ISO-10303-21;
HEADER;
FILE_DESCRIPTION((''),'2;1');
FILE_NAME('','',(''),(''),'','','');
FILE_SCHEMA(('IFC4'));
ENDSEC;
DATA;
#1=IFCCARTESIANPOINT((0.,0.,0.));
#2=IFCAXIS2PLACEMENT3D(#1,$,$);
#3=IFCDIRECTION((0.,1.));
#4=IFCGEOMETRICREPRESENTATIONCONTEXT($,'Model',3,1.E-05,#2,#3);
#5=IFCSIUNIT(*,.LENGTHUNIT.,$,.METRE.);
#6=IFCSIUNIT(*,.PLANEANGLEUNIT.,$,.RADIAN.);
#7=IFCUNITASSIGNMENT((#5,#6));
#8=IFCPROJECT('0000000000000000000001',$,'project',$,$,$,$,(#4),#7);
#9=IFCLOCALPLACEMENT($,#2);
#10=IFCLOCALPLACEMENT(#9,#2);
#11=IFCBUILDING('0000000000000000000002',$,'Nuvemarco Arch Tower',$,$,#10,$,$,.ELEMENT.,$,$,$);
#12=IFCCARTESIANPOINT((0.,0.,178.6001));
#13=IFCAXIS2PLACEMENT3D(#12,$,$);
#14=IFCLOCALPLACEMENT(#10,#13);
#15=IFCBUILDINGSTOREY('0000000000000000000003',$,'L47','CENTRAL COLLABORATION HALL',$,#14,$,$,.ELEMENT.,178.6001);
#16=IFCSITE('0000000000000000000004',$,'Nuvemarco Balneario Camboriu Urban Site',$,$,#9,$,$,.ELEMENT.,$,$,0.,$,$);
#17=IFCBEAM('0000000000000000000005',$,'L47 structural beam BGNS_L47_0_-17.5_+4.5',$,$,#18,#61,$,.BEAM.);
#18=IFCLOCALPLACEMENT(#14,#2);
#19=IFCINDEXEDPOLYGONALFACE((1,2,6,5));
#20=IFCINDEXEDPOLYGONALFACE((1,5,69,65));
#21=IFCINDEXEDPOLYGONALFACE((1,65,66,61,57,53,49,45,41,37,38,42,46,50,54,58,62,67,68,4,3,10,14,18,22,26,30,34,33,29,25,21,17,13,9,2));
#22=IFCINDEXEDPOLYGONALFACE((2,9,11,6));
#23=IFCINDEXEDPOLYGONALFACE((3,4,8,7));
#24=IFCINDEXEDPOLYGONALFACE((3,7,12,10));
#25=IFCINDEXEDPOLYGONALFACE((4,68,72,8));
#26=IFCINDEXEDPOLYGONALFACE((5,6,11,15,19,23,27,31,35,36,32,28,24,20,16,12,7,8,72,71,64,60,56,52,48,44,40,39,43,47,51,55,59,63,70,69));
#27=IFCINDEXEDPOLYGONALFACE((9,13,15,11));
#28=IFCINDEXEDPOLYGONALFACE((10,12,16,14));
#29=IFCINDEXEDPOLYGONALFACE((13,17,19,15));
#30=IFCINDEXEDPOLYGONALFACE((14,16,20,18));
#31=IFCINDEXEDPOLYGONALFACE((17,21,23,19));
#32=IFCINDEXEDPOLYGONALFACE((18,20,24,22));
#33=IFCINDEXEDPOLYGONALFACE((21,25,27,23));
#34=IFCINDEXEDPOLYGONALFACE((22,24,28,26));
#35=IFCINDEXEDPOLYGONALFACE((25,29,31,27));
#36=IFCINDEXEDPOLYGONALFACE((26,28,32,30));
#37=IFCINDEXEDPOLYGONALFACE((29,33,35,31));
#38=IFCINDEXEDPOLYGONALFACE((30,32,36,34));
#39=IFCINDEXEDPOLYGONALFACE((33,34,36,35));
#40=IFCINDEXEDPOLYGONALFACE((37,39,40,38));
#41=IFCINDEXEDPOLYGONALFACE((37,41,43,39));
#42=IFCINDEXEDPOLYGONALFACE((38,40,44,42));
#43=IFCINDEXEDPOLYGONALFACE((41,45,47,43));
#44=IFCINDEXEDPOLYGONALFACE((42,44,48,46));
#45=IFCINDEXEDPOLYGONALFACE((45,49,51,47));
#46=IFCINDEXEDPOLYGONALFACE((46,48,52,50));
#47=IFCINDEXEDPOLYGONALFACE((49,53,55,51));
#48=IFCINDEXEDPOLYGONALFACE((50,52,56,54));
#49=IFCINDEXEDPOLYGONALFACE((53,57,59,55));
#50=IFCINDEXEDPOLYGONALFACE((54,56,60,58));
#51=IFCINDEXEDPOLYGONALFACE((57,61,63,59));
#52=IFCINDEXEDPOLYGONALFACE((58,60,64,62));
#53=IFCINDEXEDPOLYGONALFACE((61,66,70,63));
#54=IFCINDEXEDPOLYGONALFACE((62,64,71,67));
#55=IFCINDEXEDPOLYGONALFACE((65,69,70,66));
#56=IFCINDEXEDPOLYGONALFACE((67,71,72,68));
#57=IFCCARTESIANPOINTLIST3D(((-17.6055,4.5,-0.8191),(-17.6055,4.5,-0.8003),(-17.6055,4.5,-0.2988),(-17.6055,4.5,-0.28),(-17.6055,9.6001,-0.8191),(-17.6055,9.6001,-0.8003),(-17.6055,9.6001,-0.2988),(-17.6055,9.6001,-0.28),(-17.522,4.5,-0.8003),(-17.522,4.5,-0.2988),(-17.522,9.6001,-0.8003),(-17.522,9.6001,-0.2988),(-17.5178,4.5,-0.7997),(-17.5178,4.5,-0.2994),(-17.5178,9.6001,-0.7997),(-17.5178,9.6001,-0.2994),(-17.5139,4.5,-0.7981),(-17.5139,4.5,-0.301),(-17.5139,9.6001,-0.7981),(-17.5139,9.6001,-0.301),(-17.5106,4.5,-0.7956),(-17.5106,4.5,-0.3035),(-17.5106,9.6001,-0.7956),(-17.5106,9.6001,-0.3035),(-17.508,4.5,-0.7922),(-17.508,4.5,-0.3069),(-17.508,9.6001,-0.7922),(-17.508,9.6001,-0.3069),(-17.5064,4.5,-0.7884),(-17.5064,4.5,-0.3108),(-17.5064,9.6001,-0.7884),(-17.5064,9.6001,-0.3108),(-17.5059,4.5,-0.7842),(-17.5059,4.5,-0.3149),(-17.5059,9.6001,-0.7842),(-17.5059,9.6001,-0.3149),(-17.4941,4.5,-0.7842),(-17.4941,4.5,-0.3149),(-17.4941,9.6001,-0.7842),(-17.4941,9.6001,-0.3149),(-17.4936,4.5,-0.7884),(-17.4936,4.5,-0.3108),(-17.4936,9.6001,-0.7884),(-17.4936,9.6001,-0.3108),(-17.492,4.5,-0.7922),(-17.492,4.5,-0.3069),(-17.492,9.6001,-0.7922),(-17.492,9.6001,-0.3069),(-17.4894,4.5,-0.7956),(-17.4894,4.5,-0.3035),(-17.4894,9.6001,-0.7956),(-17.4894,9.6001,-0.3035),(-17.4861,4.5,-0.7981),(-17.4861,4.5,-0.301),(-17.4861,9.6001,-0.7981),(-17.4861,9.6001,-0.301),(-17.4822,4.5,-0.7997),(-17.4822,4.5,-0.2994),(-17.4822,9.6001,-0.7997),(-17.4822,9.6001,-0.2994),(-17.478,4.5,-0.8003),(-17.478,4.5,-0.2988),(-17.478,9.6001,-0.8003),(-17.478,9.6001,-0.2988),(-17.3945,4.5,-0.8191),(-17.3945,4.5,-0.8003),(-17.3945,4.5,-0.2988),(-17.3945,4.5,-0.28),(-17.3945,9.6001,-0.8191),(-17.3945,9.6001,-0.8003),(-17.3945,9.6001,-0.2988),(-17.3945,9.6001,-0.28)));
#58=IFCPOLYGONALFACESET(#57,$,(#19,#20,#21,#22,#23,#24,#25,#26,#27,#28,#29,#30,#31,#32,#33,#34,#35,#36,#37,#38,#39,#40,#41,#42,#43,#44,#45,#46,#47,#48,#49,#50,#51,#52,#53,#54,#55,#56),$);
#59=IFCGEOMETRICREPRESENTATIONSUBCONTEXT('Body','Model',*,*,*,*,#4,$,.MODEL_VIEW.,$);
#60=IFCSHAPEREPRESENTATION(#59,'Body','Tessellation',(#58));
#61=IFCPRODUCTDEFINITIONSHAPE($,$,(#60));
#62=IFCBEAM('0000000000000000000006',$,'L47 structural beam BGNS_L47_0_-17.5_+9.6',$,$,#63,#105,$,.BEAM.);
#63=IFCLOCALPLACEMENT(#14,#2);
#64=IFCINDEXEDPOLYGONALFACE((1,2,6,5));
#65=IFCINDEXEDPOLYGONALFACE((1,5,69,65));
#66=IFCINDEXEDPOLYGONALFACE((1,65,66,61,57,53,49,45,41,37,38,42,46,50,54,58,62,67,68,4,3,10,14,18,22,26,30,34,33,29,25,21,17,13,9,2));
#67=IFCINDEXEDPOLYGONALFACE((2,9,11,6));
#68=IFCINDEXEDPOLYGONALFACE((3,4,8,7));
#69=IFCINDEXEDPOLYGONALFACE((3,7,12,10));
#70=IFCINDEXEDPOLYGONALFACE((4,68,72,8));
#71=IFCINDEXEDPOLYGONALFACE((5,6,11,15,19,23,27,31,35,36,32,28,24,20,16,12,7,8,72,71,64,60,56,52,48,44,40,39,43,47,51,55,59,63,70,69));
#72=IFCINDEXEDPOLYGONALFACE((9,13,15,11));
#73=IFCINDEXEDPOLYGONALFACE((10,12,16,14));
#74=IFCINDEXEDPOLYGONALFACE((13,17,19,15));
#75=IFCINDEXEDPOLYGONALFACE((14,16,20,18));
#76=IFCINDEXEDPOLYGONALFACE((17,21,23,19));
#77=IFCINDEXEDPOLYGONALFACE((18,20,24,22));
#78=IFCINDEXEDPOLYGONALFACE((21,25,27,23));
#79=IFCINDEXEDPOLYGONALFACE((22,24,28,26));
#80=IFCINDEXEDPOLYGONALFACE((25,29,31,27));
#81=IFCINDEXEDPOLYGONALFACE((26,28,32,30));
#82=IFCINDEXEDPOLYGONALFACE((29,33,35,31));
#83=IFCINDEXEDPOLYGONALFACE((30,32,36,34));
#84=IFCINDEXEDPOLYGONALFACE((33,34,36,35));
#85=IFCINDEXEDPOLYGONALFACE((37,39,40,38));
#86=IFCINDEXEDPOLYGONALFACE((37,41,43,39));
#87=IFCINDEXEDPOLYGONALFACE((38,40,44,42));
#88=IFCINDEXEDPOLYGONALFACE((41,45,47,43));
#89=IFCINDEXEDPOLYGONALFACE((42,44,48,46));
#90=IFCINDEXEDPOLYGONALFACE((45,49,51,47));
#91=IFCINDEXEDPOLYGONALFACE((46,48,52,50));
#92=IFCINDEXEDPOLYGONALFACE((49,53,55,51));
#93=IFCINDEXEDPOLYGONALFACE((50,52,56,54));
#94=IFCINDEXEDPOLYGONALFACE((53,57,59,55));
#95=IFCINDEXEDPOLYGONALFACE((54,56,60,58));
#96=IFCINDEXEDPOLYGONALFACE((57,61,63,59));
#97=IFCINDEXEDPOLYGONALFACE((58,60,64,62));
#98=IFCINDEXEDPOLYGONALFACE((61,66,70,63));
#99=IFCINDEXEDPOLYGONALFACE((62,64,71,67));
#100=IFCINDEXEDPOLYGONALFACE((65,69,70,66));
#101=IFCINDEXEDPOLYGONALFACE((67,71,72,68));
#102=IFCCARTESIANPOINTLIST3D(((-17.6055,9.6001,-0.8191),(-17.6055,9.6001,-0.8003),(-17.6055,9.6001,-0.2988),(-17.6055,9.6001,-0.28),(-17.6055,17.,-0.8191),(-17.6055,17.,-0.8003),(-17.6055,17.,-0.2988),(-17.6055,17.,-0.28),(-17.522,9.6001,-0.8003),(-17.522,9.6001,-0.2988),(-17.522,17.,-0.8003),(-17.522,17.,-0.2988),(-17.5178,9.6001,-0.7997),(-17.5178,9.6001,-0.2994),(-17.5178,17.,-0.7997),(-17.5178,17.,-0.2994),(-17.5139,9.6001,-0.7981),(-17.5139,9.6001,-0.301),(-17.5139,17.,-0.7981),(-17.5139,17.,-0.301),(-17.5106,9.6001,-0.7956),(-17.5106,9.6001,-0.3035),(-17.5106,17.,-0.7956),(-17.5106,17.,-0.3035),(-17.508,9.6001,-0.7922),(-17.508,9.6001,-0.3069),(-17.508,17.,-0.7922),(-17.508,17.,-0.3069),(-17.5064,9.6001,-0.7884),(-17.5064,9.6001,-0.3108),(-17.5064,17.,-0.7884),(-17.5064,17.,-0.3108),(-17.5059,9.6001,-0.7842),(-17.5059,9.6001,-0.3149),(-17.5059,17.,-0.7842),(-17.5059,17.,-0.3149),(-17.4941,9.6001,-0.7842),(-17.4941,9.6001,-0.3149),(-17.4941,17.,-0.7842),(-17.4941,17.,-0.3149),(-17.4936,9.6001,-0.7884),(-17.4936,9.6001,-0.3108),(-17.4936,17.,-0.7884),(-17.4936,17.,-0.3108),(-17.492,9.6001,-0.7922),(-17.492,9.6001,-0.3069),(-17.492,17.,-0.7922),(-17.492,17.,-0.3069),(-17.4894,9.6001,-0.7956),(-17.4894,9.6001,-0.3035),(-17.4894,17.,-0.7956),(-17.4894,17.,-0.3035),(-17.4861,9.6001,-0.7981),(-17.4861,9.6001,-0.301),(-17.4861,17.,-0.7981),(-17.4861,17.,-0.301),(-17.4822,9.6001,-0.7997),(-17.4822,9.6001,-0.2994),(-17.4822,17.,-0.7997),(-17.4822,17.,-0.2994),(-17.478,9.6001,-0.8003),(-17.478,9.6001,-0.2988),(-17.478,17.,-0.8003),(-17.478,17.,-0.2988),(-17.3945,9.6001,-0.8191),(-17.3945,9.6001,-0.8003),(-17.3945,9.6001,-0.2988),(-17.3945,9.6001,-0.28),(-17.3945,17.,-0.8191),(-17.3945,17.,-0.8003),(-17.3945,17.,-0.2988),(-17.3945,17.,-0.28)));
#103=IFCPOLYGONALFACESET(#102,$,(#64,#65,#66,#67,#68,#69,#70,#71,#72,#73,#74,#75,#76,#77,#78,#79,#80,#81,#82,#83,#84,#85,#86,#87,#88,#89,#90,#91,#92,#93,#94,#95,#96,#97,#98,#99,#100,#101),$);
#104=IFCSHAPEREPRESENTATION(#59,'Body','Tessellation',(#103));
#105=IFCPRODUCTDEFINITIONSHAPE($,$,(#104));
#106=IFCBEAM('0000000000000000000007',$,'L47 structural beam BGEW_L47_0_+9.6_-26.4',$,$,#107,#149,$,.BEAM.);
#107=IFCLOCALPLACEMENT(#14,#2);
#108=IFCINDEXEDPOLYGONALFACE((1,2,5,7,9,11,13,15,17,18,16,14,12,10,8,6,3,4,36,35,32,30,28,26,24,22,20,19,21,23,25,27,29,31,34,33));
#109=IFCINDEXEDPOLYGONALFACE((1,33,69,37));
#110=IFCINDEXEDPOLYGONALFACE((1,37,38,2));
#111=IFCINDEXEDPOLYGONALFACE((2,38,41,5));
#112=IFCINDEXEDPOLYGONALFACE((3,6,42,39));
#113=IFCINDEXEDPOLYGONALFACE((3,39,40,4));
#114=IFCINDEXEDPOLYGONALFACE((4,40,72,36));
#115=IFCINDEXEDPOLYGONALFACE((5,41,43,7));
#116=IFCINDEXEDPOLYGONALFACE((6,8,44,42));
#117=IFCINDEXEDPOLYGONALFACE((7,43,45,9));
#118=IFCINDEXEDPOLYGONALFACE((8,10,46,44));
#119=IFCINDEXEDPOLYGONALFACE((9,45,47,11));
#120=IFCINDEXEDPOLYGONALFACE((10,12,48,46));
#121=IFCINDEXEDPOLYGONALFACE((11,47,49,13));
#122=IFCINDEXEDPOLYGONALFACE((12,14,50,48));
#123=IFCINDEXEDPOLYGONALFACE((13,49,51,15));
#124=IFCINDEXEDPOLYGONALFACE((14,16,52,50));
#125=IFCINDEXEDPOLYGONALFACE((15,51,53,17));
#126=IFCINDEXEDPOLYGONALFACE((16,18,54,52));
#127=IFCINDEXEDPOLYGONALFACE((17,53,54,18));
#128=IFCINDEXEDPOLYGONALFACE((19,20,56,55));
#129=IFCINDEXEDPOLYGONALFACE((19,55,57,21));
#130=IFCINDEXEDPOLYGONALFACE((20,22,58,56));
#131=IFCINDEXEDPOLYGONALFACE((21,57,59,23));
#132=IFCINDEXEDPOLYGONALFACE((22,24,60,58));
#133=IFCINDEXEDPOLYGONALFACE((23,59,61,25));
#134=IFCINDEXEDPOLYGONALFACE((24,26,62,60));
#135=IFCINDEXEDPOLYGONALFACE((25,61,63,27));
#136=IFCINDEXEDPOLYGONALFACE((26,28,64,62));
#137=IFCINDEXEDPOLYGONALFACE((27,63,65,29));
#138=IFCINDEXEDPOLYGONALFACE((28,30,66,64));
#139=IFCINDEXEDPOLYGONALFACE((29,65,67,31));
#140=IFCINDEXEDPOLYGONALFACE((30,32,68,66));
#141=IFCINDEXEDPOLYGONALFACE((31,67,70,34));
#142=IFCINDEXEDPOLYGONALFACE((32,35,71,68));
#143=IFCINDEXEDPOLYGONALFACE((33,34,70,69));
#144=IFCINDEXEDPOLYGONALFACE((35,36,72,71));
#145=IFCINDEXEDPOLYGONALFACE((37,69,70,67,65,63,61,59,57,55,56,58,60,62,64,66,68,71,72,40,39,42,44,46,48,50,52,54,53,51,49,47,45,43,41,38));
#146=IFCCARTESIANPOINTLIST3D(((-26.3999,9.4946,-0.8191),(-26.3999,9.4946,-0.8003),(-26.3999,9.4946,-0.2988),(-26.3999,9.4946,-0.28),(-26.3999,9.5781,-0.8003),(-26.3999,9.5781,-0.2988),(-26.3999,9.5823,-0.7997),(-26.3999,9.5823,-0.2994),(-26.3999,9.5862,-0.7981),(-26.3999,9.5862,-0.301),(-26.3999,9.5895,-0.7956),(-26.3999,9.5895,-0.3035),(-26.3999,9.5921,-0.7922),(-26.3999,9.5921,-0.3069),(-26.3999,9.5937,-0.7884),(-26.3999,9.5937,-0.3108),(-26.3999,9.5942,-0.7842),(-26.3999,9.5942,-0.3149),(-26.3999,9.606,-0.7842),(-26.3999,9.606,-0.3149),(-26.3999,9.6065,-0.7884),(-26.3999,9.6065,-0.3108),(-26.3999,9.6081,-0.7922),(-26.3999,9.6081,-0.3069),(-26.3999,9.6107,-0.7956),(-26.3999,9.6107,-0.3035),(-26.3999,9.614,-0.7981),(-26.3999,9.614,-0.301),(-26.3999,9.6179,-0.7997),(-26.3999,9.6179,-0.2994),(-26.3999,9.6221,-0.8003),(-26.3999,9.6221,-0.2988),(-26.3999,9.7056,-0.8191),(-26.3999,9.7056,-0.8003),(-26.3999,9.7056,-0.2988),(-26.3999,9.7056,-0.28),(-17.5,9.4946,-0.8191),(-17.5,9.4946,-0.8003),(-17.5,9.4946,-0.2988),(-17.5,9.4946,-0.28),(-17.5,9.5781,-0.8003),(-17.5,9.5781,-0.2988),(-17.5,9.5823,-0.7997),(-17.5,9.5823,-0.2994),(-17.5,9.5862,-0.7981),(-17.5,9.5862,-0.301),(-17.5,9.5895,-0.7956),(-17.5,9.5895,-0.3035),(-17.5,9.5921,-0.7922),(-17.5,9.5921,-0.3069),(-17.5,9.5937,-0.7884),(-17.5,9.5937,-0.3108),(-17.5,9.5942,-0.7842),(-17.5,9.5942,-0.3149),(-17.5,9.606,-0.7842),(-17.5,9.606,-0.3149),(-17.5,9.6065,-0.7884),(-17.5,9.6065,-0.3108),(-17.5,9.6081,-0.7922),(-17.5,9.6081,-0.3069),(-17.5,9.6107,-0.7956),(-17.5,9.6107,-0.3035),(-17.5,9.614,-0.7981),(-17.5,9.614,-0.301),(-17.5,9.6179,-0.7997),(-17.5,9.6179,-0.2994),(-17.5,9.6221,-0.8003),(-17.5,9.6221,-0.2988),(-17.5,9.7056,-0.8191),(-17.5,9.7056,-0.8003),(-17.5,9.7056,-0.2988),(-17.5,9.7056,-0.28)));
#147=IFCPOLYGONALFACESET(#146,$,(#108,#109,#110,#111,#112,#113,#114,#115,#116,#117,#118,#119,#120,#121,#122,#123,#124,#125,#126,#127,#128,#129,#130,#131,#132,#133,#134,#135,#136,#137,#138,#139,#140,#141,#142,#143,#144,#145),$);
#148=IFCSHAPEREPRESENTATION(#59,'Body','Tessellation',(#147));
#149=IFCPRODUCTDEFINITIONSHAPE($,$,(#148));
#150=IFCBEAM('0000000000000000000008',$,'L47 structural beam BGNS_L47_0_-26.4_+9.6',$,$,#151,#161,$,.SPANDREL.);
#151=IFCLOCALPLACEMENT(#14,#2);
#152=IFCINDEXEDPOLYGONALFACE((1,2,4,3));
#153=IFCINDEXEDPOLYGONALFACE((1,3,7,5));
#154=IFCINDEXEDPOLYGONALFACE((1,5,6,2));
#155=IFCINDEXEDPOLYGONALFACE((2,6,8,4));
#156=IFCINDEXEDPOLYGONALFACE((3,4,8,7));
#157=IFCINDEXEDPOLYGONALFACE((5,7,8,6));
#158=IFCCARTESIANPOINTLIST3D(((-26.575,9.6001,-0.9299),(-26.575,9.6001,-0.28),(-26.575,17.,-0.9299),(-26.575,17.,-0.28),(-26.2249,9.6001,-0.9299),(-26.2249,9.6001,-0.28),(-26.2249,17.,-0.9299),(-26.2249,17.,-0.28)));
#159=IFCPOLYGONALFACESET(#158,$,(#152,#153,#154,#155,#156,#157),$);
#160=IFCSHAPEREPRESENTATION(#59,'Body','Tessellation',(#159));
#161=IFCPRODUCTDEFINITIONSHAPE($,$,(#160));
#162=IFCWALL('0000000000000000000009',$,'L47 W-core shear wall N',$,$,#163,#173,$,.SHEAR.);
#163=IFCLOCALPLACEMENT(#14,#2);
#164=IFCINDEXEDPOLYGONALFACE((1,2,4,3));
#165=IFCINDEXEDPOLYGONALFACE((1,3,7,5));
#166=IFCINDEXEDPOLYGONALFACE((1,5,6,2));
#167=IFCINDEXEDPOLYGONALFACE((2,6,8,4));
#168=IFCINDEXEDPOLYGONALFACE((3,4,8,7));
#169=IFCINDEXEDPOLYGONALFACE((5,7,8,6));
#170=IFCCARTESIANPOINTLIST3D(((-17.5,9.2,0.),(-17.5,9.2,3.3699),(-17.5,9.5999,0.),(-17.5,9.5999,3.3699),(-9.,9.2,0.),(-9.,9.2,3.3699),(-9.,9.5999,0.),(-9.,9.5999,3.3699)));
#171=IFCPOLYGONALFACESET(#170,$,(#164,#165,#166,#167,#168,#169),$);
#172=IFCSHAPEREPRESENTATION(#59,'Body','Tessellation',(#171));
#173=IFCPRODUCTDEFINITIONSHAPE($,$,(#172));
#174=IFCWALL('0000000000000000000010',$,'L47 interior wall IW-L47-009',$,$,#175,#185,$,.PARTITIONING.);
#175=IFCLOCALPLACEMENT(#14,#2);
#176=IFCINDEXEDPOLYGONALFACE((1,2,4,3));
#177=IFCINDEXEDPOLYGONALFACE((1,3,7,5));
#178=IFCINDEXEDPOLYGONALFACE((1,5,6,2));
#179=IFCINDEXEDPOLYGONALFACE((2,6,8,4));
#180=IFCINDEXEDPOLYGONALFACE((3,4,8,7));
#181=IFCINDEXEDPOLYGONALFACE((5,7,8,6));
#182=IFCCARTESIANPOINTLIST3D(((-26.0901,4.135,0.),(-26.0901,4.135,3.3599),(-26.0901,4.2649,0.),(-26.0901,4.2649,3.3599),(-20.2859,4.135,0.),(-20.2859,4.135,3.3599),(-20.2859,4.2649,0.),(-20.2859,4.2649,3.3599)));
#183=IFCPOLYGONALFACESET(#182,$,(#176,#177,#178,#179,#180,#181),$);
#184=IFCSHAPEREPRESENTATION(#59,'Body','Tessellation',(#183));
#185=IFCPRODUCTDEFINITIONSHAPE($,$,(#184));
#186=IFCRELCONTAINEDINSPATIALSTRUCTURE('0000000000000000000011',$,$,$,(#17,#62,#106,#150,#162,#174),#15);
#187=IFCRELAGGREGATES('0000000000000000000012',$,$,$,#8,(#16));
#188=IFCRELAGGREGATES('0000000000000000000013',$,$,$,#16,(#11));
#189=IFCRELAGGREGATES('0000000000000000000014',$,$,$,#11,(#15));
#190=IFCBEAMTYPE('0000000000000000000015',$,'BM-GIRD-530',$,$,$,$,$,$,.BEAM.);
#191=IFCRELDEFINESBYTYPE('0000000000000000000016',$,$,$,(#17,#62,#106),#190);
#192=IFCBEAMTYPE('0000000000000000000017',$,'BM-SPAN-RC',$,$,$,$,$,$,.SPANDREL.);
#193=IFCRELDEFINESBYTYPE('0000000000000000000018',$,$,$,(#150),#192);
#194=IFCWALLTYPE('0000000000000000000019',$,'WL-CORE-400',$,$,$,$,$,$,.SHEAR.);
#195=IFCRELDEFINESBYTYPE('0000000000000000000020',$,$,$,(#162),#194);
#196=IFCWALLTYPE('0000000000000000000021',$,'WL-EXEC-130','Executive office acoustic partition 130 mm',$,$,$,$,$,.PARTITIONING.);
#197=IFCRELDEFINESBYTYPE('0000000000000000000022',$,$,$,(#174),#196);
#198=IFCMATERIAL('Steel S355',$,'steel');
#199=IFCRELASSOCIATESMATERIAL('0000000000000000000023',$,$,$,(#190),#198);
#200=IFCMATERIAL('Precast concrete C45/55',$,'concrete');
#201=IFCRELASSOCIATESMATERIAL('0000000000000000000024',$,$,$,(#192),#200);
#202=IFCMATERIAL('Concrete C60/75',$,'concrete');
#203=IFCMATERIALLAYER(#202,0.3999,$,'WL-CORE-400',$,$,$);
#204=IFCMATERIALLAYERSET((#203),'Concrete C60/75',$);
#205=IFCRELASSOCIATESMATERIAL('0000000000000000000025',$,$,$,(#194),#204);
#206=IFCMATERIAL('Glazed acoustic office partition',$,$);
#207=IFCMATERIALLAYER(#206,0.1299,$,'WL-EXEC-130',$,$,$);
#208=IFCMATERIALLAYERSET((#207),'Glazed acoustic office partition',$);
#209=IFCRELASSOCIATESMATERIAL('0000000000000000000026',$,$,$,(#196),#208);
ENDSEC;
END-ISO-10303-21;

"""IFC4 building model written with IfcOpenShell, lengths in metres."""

from ifc_helpers import new_model, si_unit, direction, frame, frame_2d, origin, origin_2d, place, context, subcontext, project, spatial, rectangle, i_section, extrude, material, layer, layer_set, material_profile, profile_set, type_object, element, save


model = new_model("IFC4")

# Units and contexts
model_context = context("Model", 3, precision=1e-05, world=origin(), true_north=direction((0.0, 1.0)))
body_context = subcontext(model_context, "Body", "Model", "MODEL_VIEW")
ifc_project = project(units=[si_unit("LENGTHUNIT", "METRE"), si_unit("PLANEANGLEUNIT", "RADIAN")], contexts=[model_context])

# Site, building, storey
site_placement = place(None, origin())
site = spatial("IfcSite", under=ifc_project, at=site_placement, Name="Nuvemarco Balneario Camboriu Urban Site", CompositionType="ELEMENT", RefElevation=0.0)
building_placement = place(site_placement, origin())
building = spatial("IfcBuilding", under=site, at=building_placement, Name="Nuvemarco Arch Tower", CompositionType="ELEMENT")
storey_placement = place(building_placement, frame((0.0, 0.0, 178.6001)))
storey = spatial("IfcBuildingStorey", under=building, at=storey_placement, Name="L47", Description="CENTRAL COLLABORATION HALL", CompositionType="ELEMENT", Elevation=178.6001)

# Shared definitions
ifc_material_1 = material(Name="Steel S355", Category="steel")

# Beams
ifc_material_profile_1 = material_profile(ifc_material_1, i_section(OverallWidth=0.2109, OverallDepth=0.5391, WebThickness=0.0117, FlangeThickness=0.0188, FilletRadius=0.0161, at=origin_2d()), Name="W530x109")
ifc_profile_set_1 = profile_set([ifc_material_profile_1], Name="Steel S355")
beam_type_1 = type_object("IfcBeamType", Name="BM-GIRD-530", PredefinedType="BEAM", material=ifc_profile_set_1)
beam_1_placement = place(storey_placement, frame((-17.5, 4.5, -0.5496), z_axis=(0.0, 1.0, 0.0), x_axis=(-1.0, 0.0, 0.0)))
element("IfcBeam", 1, at=beam_1_placement, inside=storey, type_object=beam_type_1, Name="L47 structural beam BGNS_L47_0_-17.5_+4.5", PredefinedType="BEAM", context=body_context, shape_type="SweptSolid", body=[
    extrude(i_section(OverallWidth=0.2109, OverallDepth=0.5391, WebThickness=0.0117, FlangeThickness=0.0188, FilletRadius=0.0161, at=origin_2d()), origin(), (0.0, 0.0, 1.0), 5.1001),
])
beam_2_placement = place(storey_placement, frame((-17.5, 9.6001, -0.5496), z_axis=(0.0, 1.0, 0.0), x_axis=(-1.0, 0.0, 0.0)))
element("IfcBeam", 2, at=beam_2_placement, inside=storey, type_object=beam_type_1, Name="L47 structural beam BGNS_L47_0_-17.5_+9.6", PredefinedType="BEAM", context=body_context, shape_type="SweptSolid", body=[
    extrude(i_section(OverallWidth=0.2109, OverallDepth=0.5391, WebThickness=0.0117, FlangeThickness=0.0188, FilletRadius=0.0161, at=origin_2d()), origin(), (0.0, 0.0, 1.0), 7.3999),
])
beam_3_placement = place(storey_placement, frame((-26.3999, 9.6001, -0.5496), z_axis=(1.0, 0.0, 0.0), x_axis=(0.0, 1.0, 0.0)))
element("IfcBeam", 3, at=beam_3_placement, inside=storey, type_object=beam_type_1, Name="L47 structural beam BGEW_L47_0_+9.6_-26.4", PredefinedType="BEAM", context=body_context, shape_type="SweptSolid", body=[
    extrude(i_section(OverallWidth=0.2109, OverallDepth=0.5391, WebThickness=0.0117, FlangeThickness=0.0188, FilletRadius=0.0161, at=origin_2d()), origin(), (0.0, 0.0, 1.0), 8.8999),
])
ifc_material_2 = material(Name="Precast concrete C45/55", Category="concrete")
ifc_material_profile_2 = material_profile(ifc_material_2, rectangle(XDim=0.3501, YDim=0.6499, at=origin_2d()), Name="PC-SP-350x650")
ifc_profile_set_2 = profile_set([ifc_material_profile_2], Name="Precast concrete C45/55")
beam_type_2 = type_object("IfcBeamType", Name="BM-SPAN-RC", PredefinedType="SPANDREL", material=ifc_profile_set_2)
beam_4_placement = place(storey_placement, frame((-26.3999, 9.6001, -0.605), z_axis=(0.0, 1.0, 0.0), x_axis=(-1.0, 0.0, 0.0)))
element("IfcBeam", 4, at=beam_4_placement, inside=storey, type_object=beam_type_2, Name="L47 structural beam BGNS_L47_0_-26.4_+9.6", PredefinedType="SPANDREL", context=body_context, shape_type="SweptSolid", body=[
    extrude(rectangle(XDim=0.3501, YDim=0.6499, at=origin_2d()), origin(), (0.0, 0.0, 1.0), 7.3999),
])

# Walls
ifc_material_3 = material(Name="Concrete C60/75", Category="concrete")
ifc_layer_1 = layer(ifc_material_3, 0.3999, Name="WL-CORE-400")
ifc_layer_set_1 = layer_set([ifc_layer_1], Name="Concrete C60/75")
wall_type_1 = type_object("IfcWallType", Name="WL-CORE-400", PredefinedType="SHEAR", material=ifc_layer_set_1)
wall_1_placement = place(storey_placement, frame((-17.5, 9.3999, 0.0), z_axis=(0.0, 0.0, 1.0), x_axis=(1.0, 0.0, 0.0)))
element("IfcWall", 5, at=wall_1_placement, inside=storey, type_object=wall_type_1, Name="L47 W-core shear wall N", PredefinedType="SHEAR", context=body_context, shape_type="SweptSolid", body=[
    extrude(rectangle(XDim=8.5, YDim=0.3999, at=frame_2d((4.25, 0.0))), origin(), (0.0, 0.0, 1.0), 3.3699),
])
ifc_material_4 = material(Name="Glazed acoustic office partition")
ifc_layer_2 = layer(ifc_material_4, 0.1299, Name="WL-EXEC-130")
ifc_layer_set_2 = layer_set([ifc_layer_2], Name="Glazed acoustic office partition")
wall_type_2 = type_object("IfcWallType", Name="WL-EXEC-130", Description="Executive office acoustic partition 130 mm", PredefinedType="PARTITIONING", material=ifc_layer_set_2)
wall_2_placement = place(storey_placement, frame((-26.0901, 4.2, 0.0), z_axis=(0.0, 0.0, 1.0), x_axis=(1.0, 0.0, 0.0)))
element("IfcWall", 6, at=wall_2_placement, inside=storey, type_object=wall_type_2, Name="L47 interior wall IW-L47-009", PredefinedType="PARTITIONING", context=body_context, shape_type="SweptSolid", body=[
    extrude(rectangle(XDim=5.8042, YDim=0.1299, at=frame_2d((2.9021, 0.0))), origin(), (0.0, 0.0, 1.0), 3.3599),
])

save(model, "model.ifc")
